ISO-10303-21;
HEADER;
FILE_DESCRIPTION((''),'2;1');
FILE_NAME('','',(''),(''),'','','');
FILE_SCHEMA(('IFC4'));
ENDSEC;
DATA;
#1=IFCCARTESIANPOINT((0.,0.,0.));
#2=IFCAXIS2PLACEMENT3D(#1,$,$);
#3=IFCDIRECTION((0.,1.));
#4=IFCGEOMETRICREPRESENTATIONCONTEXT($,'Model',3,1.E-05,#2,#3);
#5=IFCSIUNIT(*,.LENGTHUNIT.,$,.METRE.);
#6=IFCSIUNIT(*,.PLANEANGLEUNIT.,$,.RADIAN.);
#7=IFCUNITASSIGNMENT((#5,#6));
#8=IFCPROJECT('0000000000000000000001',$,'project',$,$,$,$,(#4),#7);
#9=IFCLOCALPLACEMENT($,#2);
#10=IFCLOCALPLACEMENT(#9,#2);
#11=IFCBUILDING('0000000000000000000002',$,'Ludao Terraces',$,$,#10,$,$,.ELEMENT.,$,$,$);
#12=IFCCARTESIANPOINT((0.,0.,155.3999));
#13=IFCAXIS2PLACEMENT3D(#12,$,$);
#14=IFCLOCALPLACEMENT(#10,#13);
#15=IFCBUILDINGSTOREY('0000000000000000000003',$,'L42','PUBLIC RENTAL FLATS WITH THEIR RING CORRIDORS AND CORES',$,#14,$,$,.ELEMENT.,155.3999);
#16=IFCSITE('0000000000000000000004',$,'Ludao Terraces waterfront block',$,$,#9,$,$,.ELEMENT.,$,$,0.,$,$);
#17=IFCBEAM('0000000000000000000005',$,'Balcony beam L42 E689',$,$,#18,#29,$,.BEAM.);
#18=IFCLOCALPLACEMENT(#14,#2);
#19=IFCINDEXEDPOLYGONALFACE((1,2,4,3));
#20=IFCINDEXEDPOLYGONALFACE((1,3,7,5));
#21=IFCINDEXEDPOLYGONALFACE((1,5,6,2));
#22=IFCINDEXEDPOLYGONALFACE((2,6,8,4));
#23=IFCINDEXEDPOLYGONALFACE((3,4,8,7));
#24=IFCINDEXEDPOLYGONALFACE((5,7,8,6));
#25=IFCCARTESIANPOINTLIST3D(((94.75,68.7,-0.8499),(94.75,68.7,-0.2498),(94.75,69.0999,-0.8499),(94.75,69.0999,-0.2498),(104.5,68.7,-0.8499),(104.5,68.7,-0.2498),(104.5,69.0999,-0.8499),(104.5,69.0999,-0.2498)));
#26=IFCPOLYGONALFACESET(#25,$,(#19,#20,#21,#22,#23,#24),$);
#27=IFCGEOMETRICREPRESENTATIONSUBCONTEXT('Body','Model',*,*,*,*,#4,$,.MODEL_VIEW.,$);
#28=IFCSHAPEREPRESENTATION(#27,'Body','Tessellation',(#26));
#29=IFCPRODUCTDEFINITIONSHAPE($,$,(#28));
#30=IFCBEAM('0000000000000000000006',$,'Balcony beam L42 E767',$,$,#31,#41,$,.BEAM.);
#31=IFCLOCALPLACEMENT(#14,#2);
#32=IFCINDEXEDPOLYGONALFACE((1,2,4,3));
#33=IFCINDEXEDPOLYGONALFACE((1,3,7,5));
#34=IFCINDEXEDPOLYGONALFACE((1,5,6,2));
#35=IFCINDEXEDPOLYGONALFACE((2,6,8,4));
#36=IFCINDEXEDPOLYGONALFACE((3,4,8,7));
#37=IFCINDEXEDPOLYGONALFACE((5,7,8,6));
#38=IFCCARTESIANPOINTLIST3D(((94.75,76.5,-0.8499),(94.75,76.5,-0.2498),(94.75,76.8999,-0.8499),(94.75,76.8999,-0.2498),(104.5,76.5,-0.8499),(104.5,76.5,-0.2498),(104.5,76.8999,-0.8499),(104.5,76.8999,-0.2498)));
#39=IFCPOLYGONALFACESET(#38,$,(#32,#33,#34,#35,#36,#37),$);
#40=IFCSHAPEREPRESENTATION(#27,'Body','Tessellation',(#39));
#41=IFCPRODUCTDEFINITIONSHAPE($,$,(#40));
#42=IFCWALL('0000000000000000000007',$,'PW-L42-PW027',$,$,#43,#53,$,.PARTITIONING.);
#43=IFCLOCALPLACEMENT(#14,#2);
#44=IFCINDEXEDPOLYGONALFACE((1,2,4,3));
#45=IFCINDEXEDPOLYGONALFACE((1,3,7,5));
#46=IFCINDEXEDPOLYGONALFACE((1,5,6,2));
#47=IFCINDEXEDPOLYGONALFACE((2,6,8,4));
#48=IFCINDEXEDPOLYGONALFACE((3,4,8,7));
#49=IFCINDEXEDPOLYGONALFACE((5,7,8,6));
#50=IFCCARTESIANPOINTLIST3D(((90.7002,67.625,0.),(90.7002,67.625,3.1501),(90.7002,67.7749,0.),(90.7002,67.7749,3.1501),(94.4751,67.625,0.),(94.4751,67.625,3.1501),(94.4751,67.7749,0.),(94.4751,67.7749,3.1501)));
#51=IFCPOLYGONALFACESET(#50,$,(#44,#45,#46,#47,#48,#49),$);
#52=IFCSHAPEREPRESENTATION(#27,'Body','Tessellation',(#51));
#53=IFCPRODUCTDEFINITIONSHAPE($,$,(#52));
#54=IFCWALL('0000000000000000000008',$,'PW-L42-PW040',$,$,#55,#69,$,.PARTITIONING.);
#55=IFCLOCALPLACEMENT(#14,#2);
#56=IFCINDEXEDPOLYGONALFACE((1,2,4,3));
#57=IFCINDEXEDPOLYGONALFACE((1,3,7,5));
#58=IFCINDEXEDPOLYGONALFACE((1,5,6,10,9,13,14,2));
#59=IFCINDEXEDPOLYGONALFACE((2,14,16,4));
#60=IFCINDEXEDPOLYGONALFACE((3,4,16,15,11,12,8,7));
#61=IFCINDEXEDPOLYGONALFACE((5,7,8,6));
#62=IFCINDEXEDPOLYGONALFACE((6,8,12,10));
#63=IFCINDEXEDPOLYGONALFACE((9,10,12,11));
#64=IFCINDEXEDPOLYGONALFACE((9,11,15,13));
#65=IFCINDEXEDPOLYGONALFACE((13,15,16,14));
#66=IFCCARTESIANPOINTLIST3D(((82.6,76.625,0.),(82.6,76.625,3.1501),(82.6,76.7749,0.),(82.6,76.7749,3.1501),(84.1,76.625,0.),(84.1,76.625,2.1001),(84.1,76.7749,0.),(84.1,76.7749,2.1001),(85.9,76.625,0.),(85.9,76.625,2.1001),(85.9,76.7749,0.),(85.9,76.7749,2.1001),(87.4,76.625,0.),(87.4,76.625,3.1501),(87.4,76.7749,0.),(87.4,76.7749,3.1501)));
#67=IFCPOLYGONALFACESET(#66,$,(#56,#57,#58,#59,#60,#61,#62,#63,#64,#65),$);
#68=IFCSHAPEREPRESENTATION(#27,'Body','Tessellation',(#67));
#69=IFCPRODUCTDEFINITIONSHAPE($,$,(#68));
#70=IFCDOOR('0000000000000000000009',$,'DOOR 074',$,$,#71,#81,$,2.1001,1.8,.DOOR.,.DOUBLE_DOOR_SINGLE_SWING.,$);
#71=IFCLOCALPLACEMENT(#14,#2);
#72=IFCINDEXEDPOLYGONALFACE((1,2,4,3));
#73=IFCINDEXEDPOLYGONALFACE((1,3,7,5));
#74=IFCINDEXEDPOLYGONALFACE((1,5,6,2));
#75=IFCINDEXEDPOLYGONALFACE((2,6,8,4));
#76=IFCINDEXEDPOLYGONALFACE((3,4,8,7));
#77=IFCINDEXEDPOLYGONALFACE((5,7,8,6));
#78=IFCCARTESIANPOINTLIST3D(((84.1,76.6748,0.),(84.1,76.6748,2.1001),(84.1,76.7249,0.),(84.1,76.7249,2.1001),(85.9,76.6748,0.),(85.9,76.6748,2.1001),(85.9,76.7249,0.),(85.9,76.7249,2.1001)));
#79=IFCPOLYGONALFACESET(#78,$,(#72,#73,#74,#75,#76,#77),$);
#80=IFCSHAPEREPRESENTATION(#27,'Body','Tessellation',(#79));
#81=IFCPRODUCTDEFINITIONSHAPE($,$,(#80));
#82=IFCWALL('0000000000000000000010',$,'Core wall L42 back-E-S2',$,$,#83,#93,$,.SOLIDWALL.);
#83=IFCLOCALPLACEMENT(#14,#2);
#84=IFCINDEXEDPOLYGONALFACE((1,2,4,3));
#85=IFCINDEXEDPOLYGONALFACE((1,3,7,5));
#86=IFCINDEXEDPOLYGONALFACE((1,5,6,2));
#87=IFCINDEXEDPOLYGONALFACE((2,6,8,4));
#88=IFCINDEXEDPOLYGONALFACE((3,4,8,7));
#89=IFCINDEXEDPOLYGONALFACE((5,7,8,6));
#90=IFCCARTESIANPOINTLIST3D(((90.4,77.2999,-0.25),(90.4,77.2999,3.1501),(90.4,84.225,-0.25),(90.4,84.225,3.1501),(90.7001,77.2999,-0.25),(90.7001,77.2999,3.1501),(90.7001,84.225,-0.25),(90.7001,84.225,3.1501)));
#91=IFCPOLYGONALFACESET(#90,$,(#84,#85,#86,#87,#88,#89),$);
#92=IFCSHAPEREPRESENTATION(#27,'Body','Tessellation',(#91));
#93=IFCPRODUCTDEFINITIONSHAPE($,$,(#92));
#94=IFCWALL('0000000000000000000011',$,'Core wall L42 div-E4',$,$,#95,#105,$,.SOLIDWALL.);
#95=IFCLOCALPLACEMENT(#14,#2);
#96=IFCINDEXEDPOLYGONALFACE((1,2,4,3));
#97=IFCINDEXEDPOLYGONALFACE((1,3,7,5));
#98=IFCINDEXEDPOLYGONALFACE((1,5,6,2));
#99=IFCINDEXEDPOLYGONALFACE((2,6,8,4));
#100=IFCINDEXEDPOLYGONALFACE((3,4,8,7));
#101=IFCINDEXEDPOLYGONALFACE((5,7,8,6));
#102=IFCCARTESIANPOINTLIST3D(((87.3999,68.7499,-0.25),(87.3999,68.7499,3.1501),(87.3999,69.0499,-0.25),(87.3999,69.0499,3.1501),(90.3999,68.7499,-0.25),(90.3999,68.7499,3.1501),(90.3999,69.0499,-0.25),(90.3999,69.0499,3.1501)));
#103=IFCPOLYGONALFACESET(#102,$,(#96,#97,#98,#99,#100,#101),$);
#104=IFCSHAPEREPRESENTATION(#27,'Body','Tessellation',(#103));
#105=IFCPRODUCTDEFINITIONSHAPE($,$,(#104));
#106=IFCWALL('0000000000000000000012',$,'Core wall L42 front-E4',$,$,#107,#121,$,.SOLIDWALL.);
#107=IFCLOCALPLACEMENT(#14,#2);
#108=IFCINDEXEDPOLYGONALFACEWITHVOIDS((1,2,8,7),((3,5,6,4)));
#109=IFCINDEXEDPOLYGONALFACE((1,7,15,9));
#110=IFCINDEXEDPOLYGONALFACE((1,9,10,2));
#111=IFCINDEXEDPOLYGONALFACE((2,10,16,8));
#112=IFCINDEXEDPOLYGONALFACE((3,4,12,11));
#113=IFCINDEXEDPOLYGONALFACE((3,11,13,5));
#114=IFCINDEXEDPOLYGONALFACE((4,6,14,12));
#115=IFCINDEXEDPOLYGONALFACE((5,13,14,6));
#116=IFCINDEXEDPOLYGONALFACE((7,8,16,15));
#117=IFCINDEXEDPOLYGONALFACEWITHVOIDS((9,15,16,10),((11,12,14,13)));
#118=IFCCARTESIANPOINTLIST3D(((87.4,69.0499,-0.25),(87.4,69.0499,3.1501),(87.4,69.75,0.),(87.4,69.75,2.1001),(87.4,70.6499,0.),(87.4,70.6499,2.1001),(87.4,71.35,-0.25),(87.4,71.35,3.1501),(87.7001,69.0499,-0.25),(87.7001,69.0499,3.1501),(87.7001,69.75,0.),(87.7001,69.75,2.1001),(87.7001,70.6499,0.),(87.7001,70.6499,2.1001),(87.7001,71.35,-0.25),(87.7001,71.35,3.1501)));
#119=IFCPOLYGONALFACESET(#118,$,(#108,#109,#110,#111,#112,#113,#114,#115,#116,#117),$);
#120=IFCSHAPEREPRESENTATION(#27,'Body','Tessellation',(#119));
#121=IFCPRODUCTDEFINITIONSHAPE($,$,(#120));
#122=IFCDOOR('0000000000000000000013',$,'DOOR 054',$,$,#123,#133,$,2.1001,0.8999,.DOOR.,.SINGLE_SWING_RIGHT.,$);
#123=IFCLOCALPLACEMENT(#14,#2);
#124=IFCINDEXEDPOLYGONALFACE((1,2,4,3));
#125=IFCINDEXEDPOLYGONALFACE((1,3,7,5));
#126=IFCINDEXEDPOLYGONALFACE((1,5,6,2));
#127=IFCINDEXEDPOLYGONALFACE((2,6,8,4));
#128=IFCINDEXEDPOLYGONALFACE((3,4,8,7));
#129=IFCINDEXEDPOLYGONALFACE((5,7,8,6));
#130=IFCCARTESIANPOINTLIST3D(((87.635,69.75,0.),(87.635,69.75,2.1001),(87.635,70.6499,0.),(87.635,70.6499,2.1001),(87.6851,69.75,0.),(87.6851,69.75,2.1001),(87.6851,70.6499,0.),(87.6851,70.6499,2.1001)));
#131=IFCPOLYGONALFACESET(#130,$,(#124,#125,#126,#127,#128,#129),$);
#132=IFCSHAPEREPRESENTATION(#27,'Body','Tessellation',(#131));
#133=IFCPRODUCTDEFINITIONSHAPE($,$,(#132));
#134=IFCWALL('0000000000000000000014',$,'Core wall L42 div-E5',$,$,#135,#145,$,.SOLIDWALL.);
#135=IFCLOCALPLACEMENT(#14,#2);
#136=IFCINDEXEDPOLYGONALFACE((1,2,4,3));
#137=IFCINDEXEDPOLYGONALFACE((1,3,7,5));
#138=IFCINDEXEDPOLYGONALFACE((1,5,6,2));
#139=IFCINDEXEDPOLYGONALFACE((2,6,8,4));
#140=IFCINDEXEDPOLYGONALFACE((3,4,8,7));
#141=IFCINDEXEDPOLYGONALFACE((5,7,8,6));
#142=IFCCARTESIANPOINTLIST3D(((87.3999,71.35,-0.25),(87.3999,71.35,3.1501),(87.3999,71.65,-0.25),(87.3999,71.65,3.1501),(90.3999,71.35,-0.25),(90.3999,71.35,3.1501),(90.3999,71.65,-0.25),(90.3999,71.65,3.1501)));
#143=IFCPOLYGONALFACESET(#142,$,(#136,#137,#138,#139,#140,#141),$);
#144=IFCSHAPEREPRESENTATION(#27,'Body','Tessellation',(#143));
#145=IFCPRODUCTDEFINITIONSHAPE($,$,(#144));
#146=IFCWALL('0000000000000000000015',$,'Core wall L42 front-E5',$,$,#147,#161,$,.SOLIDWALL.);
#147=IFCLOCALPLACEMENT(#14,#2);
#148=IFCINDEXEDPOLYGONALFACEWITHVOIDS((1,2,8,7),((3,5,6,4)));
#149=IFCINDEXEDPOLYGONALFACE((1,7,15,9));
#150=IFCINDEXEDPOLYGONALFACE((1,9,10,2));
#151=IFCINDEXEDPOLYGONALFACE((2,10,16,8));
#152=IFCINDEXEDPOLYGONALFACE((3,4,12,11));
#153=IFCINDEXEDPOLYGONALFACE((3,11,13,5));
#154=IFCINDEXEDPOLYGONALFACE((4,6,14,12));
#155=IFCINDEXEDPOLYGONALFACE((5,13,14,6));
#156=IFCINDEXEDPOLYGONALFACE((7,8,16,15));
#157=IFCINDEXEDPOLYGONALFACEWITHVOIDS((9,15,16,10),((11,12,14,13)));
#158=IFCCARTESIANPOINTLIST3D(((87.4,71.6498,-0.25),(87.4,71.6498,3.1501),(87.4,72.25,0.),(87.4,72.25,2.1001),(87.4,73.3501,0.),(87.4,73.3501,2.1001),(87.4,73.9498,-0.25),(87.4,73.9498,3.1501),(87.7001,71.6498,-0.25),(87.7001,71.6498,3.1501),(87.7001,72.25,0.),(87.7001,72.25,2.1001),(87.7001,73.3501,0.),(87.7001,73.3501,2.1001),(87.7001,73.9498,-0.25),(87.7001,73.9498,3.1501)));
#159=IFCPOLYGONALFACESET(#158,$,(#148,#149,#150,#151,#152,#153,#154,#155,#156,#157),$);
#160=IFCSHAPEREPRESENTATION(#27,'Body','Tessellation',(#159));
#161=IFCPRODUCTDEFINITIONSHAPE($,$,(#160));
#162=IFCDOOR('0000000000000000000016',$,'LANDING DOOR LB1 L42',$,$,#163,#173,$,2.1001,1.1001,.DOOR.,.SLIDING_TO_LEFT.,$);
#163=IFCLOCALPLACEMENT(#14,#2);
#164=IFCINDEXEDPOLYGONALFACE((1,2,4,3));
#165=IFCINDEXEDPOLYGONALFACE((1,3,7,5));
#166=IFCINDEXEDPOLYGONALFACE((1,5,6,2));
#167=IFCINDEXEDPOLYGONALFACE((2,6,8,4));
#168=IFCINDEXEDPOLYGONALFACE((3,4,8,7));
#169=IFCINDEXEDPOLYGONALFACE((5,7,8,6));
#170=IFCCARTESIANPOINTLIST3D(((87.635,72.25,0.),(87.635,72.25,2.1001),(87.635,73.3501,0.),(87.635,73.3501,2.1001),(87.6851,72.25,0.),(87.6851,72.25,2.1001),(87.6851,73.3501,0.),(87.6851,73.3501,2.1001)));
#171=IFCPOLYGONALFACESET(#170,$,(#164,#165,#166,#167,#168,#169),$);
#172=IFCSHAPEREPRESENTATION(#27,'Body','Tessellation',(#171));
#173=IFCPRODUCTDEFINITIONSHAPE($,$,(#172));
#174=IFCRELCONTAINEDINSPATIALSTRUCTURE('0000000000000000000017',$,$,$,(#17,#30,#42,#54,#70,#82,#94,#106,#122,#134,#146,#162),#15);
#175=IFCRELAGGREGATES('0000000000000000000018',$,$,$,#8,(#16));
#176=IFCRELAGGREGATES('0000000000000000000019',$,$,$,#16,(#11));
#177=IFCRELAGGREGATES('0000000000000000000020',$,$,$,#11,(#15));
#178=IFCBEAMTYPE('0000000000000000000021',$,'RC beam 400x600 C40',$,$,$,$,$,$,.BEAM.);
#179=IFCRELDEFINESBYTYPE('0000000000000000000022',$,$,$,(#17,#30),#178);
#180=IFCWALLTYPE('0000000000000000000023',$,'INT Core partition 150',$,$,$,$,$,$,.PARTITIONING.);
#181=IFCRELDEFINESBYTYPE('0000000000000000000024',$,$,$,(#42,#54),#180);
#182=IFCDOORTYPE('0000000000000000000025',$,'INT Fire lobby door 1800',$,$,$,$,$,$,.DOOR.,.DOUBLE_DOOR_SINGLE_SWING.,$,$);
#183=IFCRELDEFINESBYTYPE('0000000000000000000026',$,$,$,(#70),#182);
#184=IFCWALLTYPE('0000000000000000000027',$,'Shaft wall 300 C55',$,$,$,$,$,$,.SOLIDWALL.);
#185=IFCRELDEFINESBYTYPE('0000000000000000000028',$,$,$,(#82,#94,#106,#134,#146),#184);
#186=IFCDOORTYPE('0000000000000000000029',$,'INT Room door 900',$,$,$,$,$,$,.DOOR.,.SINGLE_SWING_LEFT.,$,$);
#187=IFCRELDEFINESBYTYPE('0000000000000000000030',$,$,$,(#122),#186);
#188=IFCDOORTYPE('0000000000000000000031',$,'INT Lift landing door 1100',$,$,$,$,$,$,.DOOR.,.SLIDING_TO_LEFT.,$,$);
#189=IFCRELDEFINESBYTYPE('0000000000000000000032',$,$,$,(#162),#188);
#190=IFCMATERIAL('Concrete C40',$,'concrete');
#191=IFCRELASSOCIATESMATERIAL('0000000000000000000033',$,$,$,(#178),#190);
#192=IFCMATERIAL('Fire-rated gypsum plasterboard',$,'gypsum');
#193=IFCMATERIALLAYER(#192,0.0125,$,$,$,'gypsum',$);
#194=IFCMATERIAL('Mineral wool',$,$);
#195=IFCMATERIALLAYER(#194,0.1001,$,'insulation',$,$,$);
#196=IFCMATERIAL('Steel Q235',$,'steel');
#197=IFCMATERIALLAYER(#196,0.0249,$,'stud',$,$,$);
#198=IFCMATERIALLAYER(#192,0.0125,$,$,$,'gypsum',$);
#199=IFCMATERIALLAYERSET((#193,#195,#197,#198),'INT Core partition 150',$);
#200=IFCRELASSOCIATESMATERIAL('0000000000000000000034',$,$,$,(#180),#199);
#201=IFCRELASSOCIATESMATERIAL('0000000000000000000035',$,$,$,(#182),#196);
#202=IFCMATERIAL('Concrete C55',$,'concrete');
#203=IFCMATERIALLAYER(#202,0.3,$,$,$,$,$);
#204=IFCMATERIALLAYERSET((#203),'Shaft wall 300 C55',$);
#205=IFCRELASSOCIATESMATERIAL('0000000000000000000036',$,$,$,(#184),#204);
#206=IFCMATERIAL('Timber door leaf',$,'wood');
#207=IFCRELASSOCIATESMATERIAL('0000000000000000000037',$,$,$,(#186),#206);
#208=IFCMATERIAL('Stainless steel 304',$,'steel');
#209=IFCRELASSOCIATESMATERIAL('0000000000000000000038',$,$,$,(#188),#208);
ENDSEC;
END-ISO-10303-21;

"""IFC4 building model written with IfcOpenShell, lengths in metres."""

from ifc_helpers import new_model, si_unit, direction, frame, frame_2d, origin, origin_2d, place, context, subcontext, project, spatial, rectangle, extrude, material, layer, layer_set, material_profile, profile_set, type_object, element, fill, save


model = new_model("IFC4")

# Units and contexts
model_context = context("Model", 3, precision=1e-05, world=origin(), true_north=direction((0.0, 1.0)))
body_context = subcontext(model_context, "Body", "Model", "MODEL_VIEW")
ifc_project = project(units=[si_unit("LENGTHUNIT", "METRE"), si_unit("PLANEANGLEUNIT", "RADIAN")], contexts=[model_context])

# Site, building, storey
site_placement = place(None, origin())
site = spatial("IfcSite", under=ifc_project, at=site_placement, Name="Ludao Terraces waterfront block", CompositionType="ELEMENT", RefElevation=0.0)
building_placement = place(site_placement, origin())
building = spatial("IfcBuilding", under=site, at=building_placement, Name="Ludao Terraces", CompositionType="ELEMENT")
storey_placement = place(building_placement, frame((0.0, 0.0, 155.3999)))
storey = spatial("IfcBuildingStorey", under=building, at=storey_placement, Name="L42", Description="PUBLIC RENTAL FLATS WITH THEIR RING CORRIDORS AND CORES", CompositionType="ELEMENT", Elevation=155.3999)

# Beams
ifc_material_1 = material(Name="Concrete C40", Category="concrete")
ifc_material_profile = material_profile(ifc_material_1, rectangle(XDim=0.3999, YDim=0.6001, at=origin_2d()), Name="400 X 600")
ifc_profile_set = profile_set([ifc_material_profile], Name="Concrete C40")
beam_type = type_object("IfcBeamType", Name="RC beam 400x600 C40", PredefinedType="BEAM", material=ifc_profile_set)
for number, where, z_axis, x_axis, name in (
    (1, (94.75, 68.8999, -0.5498), (1.0, 0.0, 0.0), (0.0, 1.0, 0.0), "Balcony beam L42 E689"),
    (2, (94.75, 76.7, -0.5498), (1.0, 0.0, 0.0), (0.0, 1.0, 0.0), "Balcony beam L42 E767"),
):
    element("IfcBeam", number, at=place(storey_placement, frame(where, z_axis=z_axis, x_axis=x_axis)), inside=storey, type_object=beam_type, Name=name, PredefinedType="BEAM", context=body_context, shape_type="SweptSolid", body=[
        extrude(rectangle(XDim=0.3999, YDim=0.6001, at=origin_2d()), origin(), (0.0, 0.0, 1.0), 9.75),
    ])

# Wall
ifc_material_2 = material(Name="Fire-rated gypsum plasterboard", Category="gypsum")
ifc_layer_1 = layer(ifc_material_2, 0.0125, Category="gypsum")
ifc_material_3 = material(Name="Mineral wool")
ifc_layer_2 = layer(ifc_material_3, 0.1001, Name="insulation")
ifc_material_4 = material(Name="Steel Q235", Category="steel")
ifc_layer_3 = layer(ifc_material_4, 0.0249, Name="stud")
ifc_layer_4 = layer(ifc_material_2, 0.0125, Category="gypsum")
ifc_layer_set_1 = layer_set([ifc_layer_1, ifc_layer_2, ifc_layer_3, ifc_layer_4], Name="INT Core partition 150")
wall_type_1 = type_object("IfcWallType", Name="INT Core partition 150", PredefinedType="PARTITIONING", material=ifc_layer_set_1)
wall_1_placement = place(storey_placement, frame((90.7002, 67.7, 0.0), z_axis=(0.0, 0.0, 1.0), x_axis=(1.0, 0.0, 0.0)))
element("IfcWall", 3, at=wall_1_placement, inside=storey, type_object=wall_type_1, Name="PW-L42-PW027", PredefinedType="PARTITIONING", context=body_context, shape_type="SweptSolid", body=[
    extrude(rectangle(XDim=3.7749, YDim=0.1499, at=frame_2d((1.8875, 0.0))), origin(), (0.0, 0.0, 1.0), 3.1501),
])

# Wall, opening, door
wall_2_placement = place(storey_placement, frame((82.6001, 76.7, 0.0), z_axis=(0.0, 0.0, 1.0), x_axis=(1.0, 0.0, 0.0)))
wall_2 = element("IfcWall", 4, at=wall_2_placement, inside=storey, type_object=wall_type_1, Name="PW-L42-PW040", PredefinedType="PARTITIONING", context=body_context, shape_type="SweptSolid", body=[
    extrude(rectangle(XDim=4.8, YDim=0.1499, at=frame_2d((2.3999, 0.0))), origin(), (0.0, 0.0, 1.0), 3.1501),
])
opening_1_placement = place(wall_2_placement, frame((1.5, 0.0, 0.0)))
opening_1 = element("IfcOpeningElement", 5, at=opening_1_placement, cuts=wall_2, PredefinedType="OPENING", context=body_context, shape_type="SweptSolid", body=[
    extrude(rectangle(XDim=1.8, YDim=2.1001, at=frame_2d((0.8999, 1.05))), frame((0.0, 0.085, 0.0), z_axis=(0.0, -1.0, 0.0), x_axis=(1.0, 0.0, 0.0)), (0.0, 0.0, 1.0), 0.1699),
])
door_type_1 = type_object("IfcDoorType", Name="INT Fire lobby door 1800", OperationType="DOUBLE_DOOR_SINGLE_SWING", PredefinedType="DOOR", material=ifc_material_4)
door_1_placement = place(opening_1_placement, origin())
door_1 = element("IfcDoor", 6, at=door_1_placement, inside=storey, type_object=door_type_1, Name="DOOR 074", OperationType="DOUBLE_DOOR_SINGLE_SWING", OverallHeight=2.1001, OverallWidth=1.8, PredefinedType="DOOR", context=body_context, shape_type="SweptSolid", body=[
    extrude(rectangle(XDim=1.8, YDim=2.1001, at=frame_2d((0.8999, 1.05))), frame((0.0, 0.0249, 0.0), z_axis=(0.0, -1.0, 0.0), x_axis=(1.0, 0.0, 0.0)), (0.0, 0.0, 1.0), 0.05),
])
fill(opening_1, door_1)

# Walls
ifc_material_5 = material(Name="Concrete C55", Category="concrete")
ifc_layer_5 = layer(ifc_material_5, 0.3)
ifc_layer_set_2 = layer_set([ifc_layer_5], Name="Shaft wall 300 C55")
wall_type_2 = type_object("IfcWallType", Name="Shaft wall 300 C55", PredefinedType="SOLIDWALL", material=ifc_layer_set_2)
wall_3_placement = place(storey_placement, frame((90.55, 77.3, -0.25), z_axis=(0.0, 0.0, 1.0), x_axis=(0.0, 1.0, 0.0)))
element("IfcWall", 7, at=wall_3_placement, inside=storey, type_object=wall_type_2, Name="Core wall L42 back-E-S2", PredefinedType="SOLIDWALL", context=body_context, shape_type="SweptSolid", body=[
    extrude(rectangle(XDim=6.925, YDim=0.3, at=frame_2d((3.4624, 0.0))), origin(), (0.0, 0.0, 1.0), 3.4001),
])
wall_4_placement = place(storey_placement, frame((87.3999, 68.8999, -0.25), z_axis=(0.0, 0.0, 1.0), x_axis=(1.0, 0.0, 0.0)))
element("IfcWall", 8, at=wall_4_placement, inside=storey, type_object=wall_type_2, Name="Core wall L42 div-E4", PredefinedType="SOLIDWALL", context=body_context, shape_type="SweptSolid", body=[
    extrude(rectangle(XDim=3.0, YDim=0.3, at=frame_2d((1.5, 0.0))), origin(), (0.0, 0.0, 1.0), 3.4001),
])

# Wall, opening, door
wall_5_placement = place(storey_placement, frame((87.55, 69.05, -0.25), z_axis=(0.0, 0.0, 1.0), x_axis=(0.0, 1.0, 0.0)))
wall_5 = element("IfcWall", 9, at=wall_5_placement, inside=storey, type_object=wall_type_2, Name="Core wall L42 front-E4", PredefinedType="SOLIDWALL", context=body_context, shape_type="SweptSolid", body=[
    extrude(rectangle(XDim=2.3, YDim=0.3, at=frame_2d((1.1499, 0.0))), origin(), (0.0, 0.0, 1.0), 3.4001),
])
opening_2_placement = place(wall_5_placement, frame((0.7, 0.0, 0.25)))
opening_2 = element("IfcOpeningElement", 10, at=opening_2_placement, cuts=wall_5, PredefinedType="OPENING", context=body_context, shape_type="SweptSolid", body=[
    extrude(rectangle(XDim=0.8999, YDim=2.1001, at=frame_2d((0.45, 1.05))), frame((0.0, 0.1602, 0.0), z_axis=(0.0, -1.0, 0.0), x_axis=(1.0, 0.0, 0.0)), (0.0, 0.0, 1.0), 0.3201),
])
ifc_material_6 = material(Name="Timber door leaf", Category="wood")
door_type_2 = type_object("IfcDoorType", Name="INT Room door 900", OperationType="SINGLE_SWING_LEFT", PredefinedType="DOOR", material=ifc_material_6)
door_2_placement = place(opening_2_placement, origin())
door_2 = element("IfcDoor", 11, at=door_2_placement, inside=storey, type_object=door_type_2, Name="DOOR 054", OperationType="SINGLE_SWING_RIGHT", OverallHeight=2.1001, OverallWidth=0.8999, PredefinedType="DOOR", context=body_context, shape_type="SweptSolid", body=[
    extrude(rectangle(XDim=0.8999, YDim=2.1001, at=frame_2d((0.45, 1.05))), frame((0.0, -0.085, 0.0), z_axis=(0.0, -1.0, 0.0), x_axis=(1.0, 0.0, 0.0)), (0.0, 0.0, 1.0), 0.05),
])
fill(opening_2, door_2)

# Wall
wall_6_placement = place(storey_placement, frame((87.3999, 71.5, -0.25), z_axis=(0.0, 0.0, 1.0), x_axis=(1.0, 0.0, 0.0)))
element("IfcWall", 12, at=wall_6_placement, inside=storey, type_object=wall_type_2, Name="Core wall L42 div-E5", PredefinedType="SOLIDWALL", context=body_context, shape_type="SweptSolid", body=[
    extrude(rectangle(XDim=3.0, YDim=0.3, at=frame_2d((1.5, 0.0))), origin(), (0.0, 0.0, 1.0), 3.4001),
])

# Wall, opening, door
wall_7_placement = place(storey_placement, frame((87.55, 71.6499, -0.25), z_axis=(0.0, 0.0, 1.0), x_axis=(0.0, 1.0, 0.0)))
wall_7 = element("IfcWall", 13, at=wall_7_placement, inside=storey, type_object=wall_type_2, Name="Core wall L42 front-E5", PredefinedType="SOLIDWALL", context=body_context, shape_type="SweptSolid", body=[
    extrude(rectangle(XDim=2.3, YDim=0.3, at=frame_2d((1.1499, 0.0))), origin(), (0.0, 0.0, 1.0), 3.4001),
])
opening_3_placement = place(wall_7_placement, frame((0.6001, 0.0, 0.25)))
opening_3 = element("IfcOpeningElement", 14, at=opening_3_placement, cuts=wall_7, PredefinedType="OPENING", context=body_context, shape_type="SweptSolid", body=[
    extrude(rectangle(XDim=1.1001, YDim=2.1001, at=frame_2d((0.55, 1.05))), frame((0.0, 0.1602, 0.0), z_axis=(0.0, -1.0, 0.0), x_axis=(1.0, 0.0, 0.0)), (0.0, 0.0, 1.0), 0.3201),
])
ifc_material_7 = material(Name="Stainless steel 304", Category="steel")
door_type_3 = type_object("IfcDoorType", Name="INT Lift landing door 1100", OperationType="SLIDING_TO_LEFT", PredefinedType="DOOR", material=ifc_material_7)
door_3_placement = place(opening_3_placement, origin())
door_3 = element("IfcDoor", 15, at=door_3_placement, inside=storey, type_object=door_type_3, Name="LANDING DOOR LB1 L42", OperationType="SLIDING_TO_LEFT", OverallHeight=2.1001, OverallWidth=1.1001, PredefinedType="DOOR", context=body_context, shape_type="SweptSolid", body=[
    extrude(rectangle(XDim=1.1001, YDim=2.1001, at=frame_2d((0.55, 1.05))), frame((0.0, -0.085, 0.0), z_axis=(0.0, -1.0, 0.0), x_axis=(1.0, 0.0, 0.0)), (0.0, 0.0, 1.0), 0.05),
])
fill(opening_3, door_3)

save(model, "model.ifc")
